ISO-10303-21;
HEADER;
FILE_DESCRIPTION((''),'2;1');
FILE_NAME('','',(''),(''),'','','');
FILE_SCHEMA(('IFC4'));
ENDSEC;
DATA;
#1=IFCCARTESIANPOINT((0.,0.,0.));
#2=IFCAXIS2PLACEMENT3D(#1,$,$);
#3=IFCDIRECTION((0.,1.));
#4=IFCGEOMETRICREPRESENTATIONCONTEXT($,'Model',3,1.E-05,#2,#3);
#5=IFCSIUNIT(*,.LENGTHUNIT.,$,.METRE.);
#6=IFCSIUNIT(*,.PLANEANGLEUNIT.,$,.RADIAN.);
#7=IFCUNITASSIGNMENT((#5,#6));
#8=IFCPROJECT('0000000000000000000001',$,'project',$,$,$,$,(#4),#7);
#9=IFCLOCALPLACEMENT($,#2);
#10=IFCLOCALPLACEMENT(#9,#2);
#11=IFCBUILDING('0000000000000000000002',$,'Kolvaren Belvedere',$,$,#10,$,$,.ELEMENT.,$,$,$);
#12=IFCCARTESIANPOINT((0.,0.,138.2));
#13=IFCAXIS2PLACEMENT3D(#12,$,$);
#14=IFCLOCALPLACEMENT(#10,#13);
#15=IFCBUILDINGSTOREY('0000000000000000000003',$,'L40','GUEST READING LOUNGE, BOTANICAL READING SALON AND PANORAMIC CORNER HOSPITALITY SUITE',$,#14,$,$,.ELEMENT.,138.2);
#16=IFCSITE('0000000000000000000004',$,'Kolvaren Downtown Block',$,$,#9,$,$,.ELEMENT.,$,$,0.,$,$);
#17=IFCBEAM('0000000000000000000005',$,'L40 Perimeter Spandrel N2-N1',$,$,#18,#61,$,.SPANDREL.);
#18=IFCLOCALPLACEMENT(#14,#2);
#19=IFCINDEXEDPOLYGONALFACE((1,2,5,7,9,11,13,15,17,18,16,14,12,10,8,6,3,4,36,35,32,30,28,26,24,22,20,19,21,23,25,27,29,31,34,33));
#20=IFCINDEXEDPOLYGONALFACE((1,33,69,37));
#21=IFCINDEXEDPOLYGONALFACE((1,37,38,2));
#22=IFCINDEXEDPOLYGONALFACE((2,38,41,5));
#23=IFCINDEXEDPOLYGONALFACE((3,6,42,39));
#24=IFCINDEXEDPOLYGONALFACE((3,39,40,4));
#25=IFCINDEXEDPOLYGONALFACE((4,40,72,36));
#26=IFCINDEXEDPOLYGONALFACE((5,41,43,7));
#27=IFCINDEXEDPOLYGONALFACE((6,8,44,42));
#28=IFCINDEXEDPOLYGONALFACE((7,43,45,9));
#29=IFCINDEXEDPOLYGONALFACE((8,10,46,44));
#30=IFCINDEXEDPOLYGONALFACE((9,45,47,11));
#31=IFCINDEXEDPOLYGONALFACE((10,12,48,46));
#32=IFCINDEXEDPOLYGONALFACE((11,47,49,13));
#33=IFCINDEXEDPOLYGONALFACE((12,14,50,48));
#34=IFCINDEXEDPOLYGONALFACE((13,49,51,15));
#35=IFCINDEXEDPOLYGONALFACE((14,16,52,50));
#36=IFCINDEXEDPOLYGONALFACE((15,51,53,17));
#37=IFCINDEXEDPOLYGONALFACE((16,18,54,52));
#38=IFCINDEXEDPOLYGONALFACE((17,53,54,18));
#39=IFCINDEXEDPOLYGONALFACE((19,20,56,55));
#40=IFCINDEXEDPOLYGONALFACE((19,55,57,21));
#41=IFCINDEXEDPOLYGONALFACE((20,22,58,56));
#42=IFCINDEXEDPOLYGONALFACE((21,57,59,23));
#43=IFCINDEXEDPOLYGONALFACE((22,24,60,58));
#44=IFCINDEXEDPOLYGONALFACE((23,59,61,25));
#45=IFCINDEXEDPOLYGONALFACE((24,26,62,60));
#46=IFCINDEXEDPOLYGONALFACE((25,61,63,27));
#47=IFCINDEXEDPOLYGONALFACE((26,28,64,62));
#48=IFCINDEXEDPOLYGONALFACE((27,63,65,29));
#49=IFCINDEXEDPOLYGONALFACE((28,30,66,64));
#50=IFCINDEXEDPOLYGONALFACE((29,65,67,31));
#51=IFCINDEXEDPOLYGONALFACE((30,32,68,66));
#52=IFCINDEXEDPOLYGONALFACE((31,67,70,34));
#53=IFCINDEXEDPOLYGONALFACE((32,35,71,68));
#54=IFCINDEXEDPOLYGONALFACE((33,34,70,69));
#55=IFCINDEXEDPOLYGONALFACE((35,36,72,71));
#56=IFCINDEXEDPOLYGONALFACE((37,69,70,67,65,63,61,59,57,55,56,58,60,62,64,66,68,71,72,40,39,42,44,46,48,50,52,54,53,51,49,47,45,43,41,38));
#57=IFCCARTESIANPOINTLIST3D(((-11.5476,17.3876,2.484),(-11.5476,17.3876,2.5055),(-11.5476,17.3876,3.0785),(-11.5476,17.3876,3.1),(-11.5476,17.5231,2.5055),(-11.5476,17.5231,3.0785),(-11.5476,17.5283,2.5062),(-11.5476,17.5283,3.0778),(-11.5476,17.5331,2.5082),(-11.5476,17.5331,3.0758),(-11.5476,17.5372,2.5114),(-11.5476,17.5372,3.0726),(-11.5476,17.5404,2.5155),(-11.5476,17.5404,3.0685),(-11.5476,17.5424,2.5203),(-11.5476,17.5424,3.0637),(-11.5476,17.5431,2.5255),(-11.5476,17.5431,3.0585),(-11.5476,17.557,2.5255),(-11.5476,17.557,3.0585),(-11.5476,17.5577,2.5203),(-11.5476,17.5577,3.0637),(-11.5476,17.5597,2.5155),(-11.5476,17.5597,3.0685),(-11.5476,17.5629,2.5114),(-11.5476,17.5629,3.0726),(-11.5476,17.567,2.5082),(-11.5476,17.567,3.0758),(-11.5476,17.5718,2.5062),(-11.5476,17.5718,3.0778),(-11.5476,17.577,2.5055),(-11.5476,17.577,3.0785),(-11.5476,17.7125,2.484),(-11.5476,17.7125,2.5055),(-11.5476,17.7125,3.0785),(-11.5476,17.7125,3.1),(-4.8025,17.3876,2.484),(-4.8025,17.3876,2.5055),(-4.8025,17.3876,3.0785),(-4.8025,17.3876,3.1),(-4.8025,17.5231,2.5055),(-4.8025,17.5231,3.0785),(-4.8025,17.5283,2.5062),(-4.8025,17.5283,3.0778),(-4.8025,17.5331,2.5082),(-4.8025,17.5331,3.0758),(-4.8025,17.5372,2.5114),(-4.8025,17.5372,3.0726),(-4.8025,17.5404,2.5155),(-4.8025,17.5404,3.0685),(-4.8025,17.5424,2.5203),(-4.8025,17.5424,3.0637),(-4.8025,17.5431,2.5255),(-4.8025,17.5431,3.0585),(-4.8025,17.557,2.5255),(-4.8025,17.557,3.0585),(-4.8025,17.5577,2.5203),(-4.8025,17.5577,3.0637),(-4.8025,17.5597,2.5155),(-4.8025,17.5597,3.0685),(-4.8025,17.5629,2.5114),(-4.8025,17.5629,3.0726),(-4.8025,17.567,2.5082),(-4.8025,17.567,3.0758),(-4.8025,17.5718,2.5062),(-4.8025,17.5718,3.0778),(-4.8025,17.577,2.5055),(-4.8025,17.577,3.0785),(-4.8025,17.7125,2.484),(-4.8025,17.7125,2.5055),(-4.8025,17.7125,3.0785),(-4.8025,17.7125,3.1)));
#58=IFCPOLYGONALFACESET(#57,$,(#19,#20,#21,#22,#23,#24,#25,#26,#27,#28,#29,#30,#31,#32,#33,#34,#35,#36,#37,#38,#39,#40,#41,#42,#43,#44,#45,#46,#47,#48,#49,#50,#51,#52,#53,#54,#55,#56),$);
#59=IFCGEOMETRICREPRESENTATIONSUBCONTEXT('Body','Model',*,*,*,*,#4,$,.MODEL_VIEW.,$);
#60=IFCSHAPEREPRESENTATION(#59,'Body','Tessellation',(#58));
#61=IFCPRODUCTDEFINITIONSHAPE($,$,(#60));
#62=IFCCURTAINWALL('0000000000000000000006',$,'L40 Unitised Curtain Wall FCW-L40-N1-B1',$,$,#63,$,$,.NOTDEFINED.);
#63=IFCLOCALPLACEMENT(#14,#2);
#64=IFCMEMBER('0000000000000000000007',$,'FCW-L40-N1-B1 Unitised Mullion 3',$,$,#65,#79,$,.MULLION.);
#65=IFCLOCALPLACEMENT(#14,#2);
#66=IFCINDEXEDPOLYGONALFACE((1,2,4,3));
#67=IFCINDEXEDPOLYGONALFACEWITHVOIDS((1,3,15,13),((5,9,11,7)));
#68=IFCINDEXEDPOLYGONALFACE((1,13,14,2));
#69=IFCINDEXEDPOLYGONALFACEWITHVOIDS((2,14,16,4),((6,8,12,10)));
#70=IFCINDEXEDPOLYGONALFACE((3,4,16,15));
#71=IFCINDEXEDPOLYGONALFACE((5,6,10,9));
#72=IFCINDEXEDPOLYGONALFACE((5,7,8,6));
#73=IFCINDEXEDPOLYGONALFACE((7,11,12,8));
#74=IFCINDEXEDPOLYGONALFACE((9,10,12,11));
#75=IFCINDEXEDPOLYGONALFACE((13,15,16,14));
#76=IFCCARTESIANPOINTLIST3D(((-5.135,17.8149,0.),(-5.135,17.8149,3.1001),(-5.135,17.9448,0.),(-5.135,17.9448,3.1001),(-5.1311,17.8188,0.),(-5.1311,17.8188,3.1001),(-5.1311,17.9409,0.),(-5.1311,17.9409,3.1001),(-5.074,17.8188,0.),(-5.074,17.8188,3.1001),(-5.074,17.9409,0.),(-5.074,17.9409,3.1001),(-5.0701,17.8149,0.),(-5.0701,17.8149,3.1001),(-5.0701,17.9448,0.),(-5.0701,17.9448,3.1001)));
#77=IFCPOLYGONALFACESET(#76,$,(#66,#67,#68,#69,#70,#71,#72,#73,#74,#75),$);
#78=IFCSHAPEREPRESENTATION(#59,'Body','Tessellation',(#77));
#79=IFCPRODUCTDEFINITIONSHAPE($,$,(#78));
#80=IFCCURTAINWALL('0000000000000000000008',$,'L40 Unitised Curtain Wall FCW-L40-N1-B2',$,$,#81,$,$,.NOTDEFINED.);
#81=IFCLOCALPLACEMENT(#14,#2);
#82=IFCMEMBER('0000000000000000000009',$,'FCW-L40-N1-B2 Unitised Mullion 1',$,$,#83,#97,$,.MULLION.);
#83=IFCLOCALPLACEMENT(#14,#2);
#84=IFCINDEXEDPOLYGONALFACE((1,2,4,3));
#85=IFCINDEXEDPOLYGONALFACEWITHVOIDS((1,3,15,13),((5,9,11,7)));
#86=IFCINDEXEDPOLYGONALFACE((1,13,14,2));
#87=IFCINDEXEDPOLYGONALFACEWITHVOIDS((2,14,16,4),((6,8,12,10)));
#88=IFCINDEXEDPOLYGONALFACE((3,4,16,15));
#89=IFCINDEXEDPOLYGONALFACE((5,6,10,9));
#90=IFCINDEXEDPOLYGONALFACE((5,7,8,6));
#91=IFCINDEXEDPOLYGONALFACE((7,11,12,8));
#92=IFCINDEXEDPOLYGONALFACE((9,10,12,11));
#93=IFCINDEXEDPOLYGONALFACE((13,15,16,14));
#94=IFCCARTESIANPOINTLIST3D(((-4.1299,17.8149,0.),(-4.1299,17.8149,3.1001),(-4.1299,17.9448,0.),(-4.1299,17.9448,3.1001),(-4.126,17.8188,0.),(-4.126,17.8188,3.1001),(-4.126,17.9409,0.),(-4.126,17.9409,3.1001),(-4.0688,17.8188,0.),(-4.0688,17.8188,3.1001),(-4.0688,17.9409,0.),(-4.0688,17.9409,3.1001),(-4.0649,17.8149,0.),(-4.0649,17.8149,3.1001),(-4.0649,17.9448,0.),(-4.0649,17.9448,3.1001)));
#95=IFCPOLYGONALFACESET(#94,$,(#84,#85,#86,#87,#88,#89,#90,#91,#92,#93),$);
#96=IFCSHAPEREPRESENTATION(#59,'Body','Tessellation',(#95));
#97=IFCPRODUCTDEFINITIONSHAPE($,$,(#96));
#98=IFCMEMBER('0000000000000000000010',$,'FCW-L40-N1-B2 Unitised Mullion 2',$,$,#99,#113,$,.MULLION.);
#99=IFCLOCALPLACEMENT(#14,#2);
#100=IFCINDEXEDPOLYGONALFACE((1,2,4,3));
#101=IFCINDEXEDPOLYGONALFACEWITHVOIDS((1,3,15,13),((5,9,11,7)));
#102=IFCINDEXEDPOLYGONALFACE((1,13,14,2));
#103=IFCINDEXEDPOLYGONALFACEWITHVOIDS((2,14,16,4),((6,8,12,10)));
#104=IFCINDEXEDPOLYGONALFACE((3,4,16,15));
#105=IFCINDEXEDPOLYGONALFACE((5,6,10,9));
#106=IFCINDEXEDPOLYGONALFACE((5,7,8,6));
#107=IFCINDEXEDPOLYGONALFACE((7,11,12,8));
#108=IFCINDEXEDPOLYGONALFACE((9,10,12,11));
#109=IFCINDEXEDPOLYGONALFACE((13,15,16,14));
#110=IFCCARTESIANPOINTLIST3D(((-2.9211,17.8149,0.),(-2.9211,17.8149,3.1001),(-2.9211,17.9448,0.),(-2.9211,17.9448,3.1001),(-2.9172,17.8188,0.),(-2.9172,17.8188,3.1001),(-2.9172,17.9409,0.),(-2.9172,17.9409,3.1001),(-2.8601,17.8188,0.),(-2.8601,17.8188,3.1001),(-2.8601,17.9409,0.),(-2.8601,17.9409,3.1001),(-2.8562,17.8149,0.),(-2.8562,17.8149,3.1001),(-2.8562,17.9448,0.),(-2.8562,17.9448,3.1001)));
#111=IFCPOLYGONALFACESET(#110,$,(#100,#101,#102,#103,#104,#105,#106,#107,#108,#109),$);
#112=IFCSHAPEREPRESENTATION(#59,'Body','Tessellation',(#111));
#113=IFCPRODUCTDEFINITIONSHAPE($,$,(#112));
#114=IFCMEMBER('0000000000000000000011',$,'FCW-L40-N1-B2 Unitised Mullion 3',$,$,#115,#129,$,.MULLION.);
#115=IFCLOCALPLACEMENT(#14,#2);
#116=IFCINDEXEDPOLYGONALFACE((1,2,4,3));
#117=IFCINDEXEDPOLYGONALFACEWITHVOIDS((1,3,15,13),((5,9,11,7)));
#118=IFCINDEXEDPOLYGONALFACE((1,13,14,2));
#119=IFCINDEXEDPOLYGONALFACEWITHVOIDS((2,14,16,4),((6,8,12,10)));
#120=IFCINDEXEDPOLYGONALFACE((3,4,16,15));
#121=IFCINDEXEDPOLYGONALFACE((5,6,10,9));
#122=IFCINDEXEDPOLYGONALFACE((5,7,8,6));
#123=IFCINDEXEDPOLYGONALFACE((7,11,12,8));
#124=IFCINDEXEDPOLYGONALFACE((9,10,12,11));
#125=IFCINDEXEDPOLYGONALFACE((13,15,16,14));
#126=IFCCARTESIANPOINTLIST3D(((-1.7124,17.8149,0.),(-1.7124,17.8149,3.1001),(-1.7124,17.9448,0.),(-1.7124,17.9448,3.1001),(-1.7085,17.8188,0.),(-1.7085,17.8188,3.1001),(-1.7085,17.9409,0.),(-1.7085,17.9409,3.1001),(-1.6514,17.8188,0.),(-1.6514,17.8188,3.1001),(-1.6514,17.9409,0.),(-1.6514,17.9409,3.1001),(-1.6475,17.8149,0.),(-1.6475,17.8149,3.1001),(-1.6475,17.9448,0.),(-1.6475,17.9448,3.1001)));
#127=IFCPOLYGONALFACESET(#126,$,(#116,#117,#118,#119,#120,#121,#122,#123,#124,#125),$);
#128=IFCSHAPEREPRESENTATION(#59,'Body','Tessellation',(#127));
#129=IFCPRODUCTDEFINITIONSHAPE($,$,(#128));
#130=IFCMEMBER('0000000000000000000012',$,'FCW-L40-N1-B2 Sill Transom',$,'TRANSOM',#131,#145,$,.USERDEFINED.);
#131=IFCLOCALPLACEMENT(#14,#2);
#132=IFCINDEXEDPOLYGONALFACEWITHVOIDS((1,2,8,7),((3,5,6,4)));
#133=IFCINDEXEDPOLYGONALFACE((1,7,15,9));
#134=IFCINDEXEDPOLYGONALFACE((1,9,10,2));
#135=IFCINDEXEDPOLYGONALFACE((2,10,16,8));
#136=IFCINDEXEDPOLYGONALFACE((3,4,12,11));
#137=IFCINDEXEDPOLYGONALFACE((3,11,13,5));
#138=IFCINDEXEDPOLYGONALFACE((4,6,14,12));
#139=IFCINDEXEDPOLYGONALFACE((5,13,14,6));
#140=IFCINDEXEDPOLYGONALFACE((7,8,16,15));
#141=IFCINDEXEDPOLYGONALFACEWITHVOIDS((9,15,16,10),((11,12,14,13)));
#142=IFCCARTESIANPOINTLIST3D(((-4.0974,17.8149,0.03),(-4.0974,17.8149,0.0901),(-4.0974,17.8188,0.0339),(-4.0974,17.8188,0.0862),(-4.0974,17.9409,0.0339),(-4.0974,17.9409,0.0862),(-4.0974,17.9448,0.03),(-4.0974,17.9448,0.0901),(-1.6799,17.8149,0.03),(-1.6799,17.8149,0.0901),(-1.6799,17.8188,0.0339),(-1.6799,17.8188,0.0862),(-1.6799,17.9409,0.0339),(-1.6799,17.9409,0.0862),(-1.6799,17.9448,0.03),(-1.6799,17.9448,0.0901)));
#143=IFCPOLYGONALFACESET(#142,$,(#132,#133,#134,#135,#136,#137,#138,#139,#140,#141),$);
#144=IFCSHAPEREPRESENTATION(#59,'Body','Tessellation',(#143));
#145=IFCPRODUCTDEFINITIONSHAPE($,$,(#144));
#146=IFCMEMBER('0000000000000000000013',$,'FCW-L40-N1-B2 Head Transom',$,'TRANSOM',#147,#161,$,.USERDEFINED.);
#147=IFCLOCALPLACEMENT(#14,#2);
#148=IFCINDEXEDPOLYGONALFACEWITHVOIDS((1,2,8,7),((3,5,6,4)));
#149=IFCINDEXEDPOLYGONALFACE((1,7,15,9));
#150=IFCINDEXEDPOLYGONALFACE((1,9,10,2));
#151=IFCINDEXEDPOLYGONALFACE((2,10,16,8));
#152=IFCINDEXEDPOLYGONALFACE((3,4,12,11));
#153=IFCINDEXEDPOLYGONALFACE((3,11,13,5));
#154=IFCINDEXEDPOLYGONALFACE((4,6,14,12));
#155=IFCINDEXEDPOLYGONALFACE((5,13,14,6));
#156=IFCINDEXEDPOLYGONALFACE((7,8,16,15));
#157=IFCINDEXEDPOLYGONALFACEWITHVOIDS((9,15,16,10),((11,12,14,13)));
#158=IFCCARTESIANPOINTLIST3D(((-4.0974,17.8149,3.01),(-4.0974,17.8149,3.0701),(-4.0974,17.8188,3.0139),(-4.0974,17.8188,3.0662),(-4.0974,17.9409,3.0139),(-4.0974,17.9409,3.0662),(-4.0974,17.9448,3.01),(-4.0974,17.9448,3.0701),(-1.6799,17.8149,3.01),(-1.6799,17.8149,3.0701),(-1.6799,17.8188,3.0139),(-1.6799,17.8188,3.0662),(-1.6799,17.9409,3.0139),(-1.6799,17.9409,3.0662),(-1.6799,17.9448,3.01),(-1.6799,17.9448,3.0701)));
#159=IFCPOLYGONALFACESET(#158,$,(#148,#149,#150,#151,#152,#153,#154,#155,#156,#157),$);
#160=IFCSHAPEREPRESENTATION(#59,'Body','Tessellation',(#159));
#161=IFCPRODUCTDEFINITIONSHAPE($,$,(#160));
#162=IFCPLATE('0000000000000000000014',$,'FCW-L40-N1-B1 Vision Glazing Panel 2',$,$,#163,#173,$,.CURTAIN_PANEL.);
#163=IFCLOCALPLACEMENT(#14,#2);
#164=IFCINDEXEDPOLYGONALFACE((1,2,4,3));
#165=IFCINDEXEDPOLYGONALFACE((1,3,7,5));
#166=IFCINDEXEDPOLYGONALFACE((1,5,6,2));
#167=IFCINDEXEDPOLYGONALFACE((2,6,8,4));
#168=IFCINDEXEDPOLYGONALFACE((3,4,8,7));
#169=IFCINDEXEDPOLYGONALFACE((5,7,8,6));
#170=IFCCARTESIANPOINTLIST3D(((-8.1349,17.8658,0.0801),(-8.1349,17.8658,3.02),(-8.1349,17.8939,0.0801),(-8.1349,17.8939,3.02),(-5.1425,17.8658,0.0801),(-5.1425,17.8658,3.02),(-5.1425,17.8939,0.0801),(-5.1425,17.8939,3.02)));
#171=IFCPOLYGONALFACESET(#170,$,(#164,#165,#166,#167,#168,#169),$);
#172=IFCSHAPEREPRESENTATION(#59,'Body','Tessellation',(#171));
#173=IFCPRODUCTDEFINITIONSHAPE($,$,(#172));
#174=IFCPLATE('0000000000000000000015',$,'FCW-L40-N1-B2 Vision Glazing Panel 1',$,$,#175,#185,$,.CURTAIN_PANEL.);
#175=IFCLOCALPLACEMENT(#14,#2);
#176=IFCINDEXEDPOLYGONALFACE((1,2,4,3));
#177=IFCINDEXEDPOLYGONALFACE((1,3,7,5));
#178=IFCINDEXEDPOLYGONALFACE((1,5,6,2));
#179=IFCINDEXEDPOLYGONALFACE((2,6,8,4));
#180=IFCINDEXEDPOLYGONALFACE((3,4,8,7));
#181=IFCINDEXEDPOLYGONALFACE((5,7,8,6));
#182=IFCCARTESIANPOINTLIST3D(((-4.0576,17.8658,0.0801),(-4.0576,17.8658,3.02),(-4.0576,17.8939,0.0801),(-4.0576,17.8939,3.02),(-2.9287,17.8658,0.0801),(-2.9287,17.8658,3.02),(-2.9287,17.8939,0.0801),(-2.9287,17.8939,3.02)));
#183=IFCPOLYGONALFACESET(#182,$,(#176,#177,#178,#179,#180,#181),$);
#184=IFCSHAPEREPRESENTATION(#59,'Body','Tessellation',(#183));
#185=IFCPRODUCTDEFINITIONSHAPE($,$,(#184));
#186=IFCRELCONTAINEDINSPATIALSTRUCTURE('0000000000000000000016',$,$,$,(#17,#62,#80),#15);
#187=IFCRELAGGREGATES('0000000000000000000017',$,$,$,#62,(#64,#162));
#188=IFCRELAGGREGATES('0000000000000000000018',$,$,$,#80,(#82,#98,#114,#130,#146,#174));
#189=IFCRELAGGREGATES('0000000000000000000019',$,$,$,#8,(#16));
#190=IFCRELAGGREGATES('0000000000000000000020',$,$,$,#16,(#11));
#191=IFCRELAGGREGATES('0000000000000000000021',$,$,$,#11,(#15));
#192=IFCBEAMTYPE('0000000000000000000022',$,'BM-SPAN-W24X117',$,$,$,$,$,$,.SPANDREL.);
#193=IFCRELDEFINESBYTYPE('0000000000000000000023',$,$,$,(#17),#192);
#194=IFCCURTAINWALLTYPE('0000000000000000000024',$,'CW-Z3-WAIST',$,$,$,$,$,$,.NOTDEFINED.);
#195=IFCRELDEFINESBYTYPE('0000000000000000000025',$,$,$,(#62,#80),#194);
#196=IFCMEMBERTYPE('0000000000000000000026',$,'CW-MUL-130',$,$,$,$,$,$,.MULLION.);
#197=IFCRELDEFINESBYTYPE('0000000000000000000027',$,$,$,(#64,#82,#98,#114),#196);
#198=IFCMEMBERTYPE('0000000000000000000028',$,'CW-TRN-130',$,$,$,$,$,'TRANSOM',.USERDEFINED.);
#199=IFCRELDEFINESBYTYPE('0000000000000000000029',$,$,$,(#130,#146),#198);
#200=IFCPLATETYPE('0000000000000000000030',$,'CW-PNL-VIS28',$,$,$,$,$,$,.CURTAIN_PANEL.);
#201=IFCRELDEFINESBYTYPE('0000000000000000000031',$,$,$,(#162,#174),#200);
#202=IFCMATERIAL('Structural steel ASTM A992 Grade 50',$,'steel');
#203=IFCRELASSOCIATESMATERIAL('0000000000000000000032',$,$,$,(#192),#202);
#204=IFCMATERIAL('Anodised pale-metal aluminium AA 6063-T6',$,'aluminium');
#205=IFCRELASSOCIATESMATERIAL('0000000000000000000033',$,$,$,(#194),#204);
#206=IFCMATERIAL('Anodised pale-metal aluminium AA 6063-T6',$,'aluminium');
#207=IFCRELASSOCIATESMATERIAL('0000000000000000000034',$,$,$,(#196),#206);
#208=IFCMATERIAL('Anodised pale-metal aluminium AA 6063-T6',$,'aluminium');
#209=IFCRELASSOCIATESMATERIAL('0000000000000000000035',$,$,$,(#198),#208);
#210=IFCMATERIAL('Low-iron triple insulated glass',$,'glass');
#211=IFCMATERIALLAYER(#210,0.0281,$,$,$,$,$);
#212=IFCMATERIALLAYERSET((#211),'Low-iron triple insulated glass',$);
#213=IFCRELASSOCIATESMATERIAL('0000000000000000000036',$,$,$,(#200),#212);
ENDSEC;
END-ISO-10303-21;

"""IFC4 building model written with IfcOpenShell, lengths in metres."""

from ifc_helpers import new_model, si_unit, direction, frame, origin, origin_2d, place, context, subcontext, project, spatial, rectangle, hollow_rectangle, i_section, extrude, material, layer, layer_set, material_profile, profile_set, type_object, element, aggregate, save


model = new_model("IFC4")

# Units and contexts
model_context = context("Model", 3, precision=1e-05, world=origin(), true_north=direction((0.0, 1.0)))
body_context = subcontext(model_context, "Body", "Model", "MODEL_VIEW")
ifc_project = project(units=[si_unit("LENGTHUNIT", "METRE"), si_unit("PLANEANGLEUNIT", "RADIAN")], contexts=[model_context])

# Site, building, storey
site_placement = place(None, origin())
site = spatial("IfcSite", under=ifc_project, at=site_placement, Name="Kolvaren Downtown Block", CompositionType="ELEMENT", RefElevation=0.0)
building_placement = place(site_placement, origin())
building = spatial("IfcBuilding", under=site, at=building_placement, Name="Kolvaren Belvedere", CompositionType="ELEMENT")
storey_placement = place(building_placement, frame((0.0, 0.0, 138.2)))
storey = spatial("IfcBuildingStorey", under=building, at=storey_placement, Name="L40", Description="GUEST READING LOUNGE, BOTANICAL READING SALON AND PANORAMIC CORNER HOSPITALITY SUITE", CompositionType="ELEMENT", Elevation=138.2)

# Beam
ifc_material_1 = material(Name="Structural steel ASTM A992 Grade 50", Category="steel")
ifc_material_profile_1 = material_profile(ifc_material_1, i_section(OverallWidth=0.325, OverallDepth=0.616, WebThickness=0.0139, FlangeThickness=0.0215, FilletRadius=0.02, at=origin_2d()), Name="W24X117")
ifc_profile_set_1 = profile_set([ifc_material_profile_1], Name="Structural steel ASTM A992 Grade 50")
beam_type_1 = type_object("IfcBeamType", Name="BM-SPAN-W24X117", PredefinedType="SPANDREL", material=ifc_profile_set_1)
beam_1_placement = place(storey_placement, frame((-4.8025, 17.55, 2.792), z_axis=(-1.0, 0.0, 0.0), x_axis=(0.0, -1.0, 0.0)))
element("IfcBeam", 1, at=beam_1_placement, inside=storey, type_object=beam_type_1, Name="L40 Perimeter Spandrel N2-N1", PredefinedType="SPANDREL", context=body_context, shape_type="SweptSolid", body=[
    extrude(i_section(OverallWidth=0.325, OverallDepth=0.616, WebThickness=0.0139, FlangeThickness=0.0215, FilletRadius=0.02, at=origin_2d()), origin(), (0.0, 0.0, 1.0), 6.7451),
])

# Curtain wall, member
ifc_material_2 = material(Name="Anodised pale-metal aluminium AA 6063-T6", Category="aluminium")
curtain_wall_type = type_object("IfcCurtainWallType", Name="CW-Z3-WAIST", PredefinedType="NOTDEFINED", material=ifc_material_2)
curtain_wall_1_placement = place(storey_placement, origin())
curtain_wall_1 = element("IfcCurtainWall", 2, at=curtain_wall_1_placement, inside=storey, type_object=curtain_wall_type, Name="L40 Unitised Curtain Wall FCW-L40-N1-B1", PredefinedType="NOTDEFINED")
ifc_material_3 = material(Name="Anodised pale-metal aluminium AA 6063-T6", Category="aluminium")
ifc_material_profile_2 = material_profile(ifc_material_3, hollow_rectangle(XDim=0.0649, YDim=0.1299, WallThickness=0.0039, at=origin_2d()), Name="ALU-MUL-130X65")
ifc_profile_set_2 = profile_set([ifc_material_profile_2], Name="Anodised pale-metal aluminium AA 6063-T6")
member_type_1 = type_object("IfcMemberType", Name="CW-MUL-130", PredefinedType="MULLION", material=ifc_profile_set_2)
member_1_placement = place(storey_placement, frame((-5.1025, 17.8799, 0.0), z_axis=(0.0, 0.0, 1.0), x_axis=(1.0, 0.0, 0.0)))
member_1 = element("IfcMember", 3, at=member_1_placement, type_object=member_type_1, Name="FCW-L40-N1-B1 Unitised Mullion 3", PredefinedType="MULLION", context=body_context, shape_type="SweptSolid", body=[
    extrude(hollow_rectangle(XDim=0.0649, YDim=0.1299, WallThickness=0.0039, at=origin_2d()), origin(), (0.0, 0.0, 1.0), 3.1001),
])

# Curtain wall, members
curtain_wall_2_placement = place(storey_placement, origin())
curtain_wall_2 = element("IfcCurtainWall", 4, at=curtain_wall_2_placement, inside=storey, type_object=curtain_wall_type, Name="L40 Unitised Curtain Wall FCW-L40-N1-B2", PredefinedType="NOTDEFINED")
member_2_placement = place(storey_placement, frame((-4.0974, 17.8799, 0.0), z_axis=(0.0, 0.0, 1.0), x_axis=(1.0, 0.0, 0.0)))
member_2 = element("IfcMember", 5, at=member_2_placement, type_object=member_type_1, Name="FCW-L40-N1-B2 Unitised Mullion 1", PredefinedType="MULLION", context=body_context, shape_type="SweptSolid", body=[
    extrude(hollow_rectangle(XDim=0.0649, YDim=0.1299, WallThickness=0.0039, at=origin_2d()), origin(), (0.0, 0.0, 1.0), 3.1001),
])
member_3_placement = place(storey_placement, frame((-2.8887, 17.8799, 0.0), z_axis=(0.0, 0.0, 1.0), x_axis=(1.0, 0.0, 0.0)))
member_3 = element("IfcMember", 6, at=member_3_placement, type_object=member_type_1, Name="FCW-L40-N1-B2 Unitised Mullion 2", PredefinedType="MULLION", context=body_context, shape_type="SweptSolid", body=[
    extrude(hollow_rectangle(XDim=0.0649, YDim=0.1299, WallThickness=0.0039, at=origin_2d()), origin(), (0.0, 0.0, 1.0), 3.1001),
])
member_4_placement = place(storey_placement, frame((-1.6799, 17.8799, 0.0), z_axis=(0.0, 0.0, 1.0), x_axis=(1.0, 0.0, 0.0)))
member_4 = element("IfcMember", 7, at=member_4_placement, type_object=member_type_1, Name="FCW-L40-N1-B2 Unitised Mullion 3", PredefinedType="MULLION", context=body_context, shape_type="SweptSolid", body=[
    extrude(hollow_rectangle(XDim=0.0649, YDim=0.1299, WallThickness=0.0039, at=origin_2d()), origin(), (0.0, 0.0, 1.0), 3.1001),
])
ifc_material_4 = material(Name="Anodised pale-metal aluminium AA 6063-T6", Category="aluminium")
ifc_material_profile_3 = material_profile(ifc_material_4, hollow_rectangle(XDim=0.0601, YDim=0.1299, WallThickness=0.0039, at=origin_2d()), Name="ALU-TRN-130X60")
ifc_profile_set_3 = profile_set([ifc_material_profile_3], Name="Anodised pale-metal aluminium AA 6063-T6")
member_type_2 = type_object("IfcMemberType", Name="CW-TRN-130", ElementType="TRANSOM", PredefinedType="USERDEFINED", material=ifc_profile_set_3)
member_5_placement = place(storey_placement, frame((-4.0974, 17.8799, 0.0601), z_axis=(1.0, 0.0, 0.0), x_axis=(0.0, 0.0, 1.0)))
member_5 = element("IfcMember", 8, at=member_5_placement, type_object=member_type_2, Name="FCW-L40-N1-B2 Sill Transom", ObjectType="TRANSOM", PredefinedType="USERDEFINED", context=body_context, shape_type="SweptSolid", body=[
    extrude(hollow_rectangle(XDim=0.0601, YDim=0.1299, WallThickness=0.0039, at=origin_2d()), origin(), (0.0, 0.0, 1.0), 2.4175),
])
member_6_placement = place(storey_placement, frame((-4.0974, 17.8799, 3.04), z_axis=(1.0, 0.0, 0.0), x_axis=(0.0, 0.0, 1.0)))
member_6 = element("IfcMember", 9, at=member_6_placement, type_object=member_type_2, Name="FCW-L40-N1-B2 Head Transom", ObjectType="TRANSOM", PredefinedType="USERDEFINED", context=body_context, shape_type="SweptSolid", body=[
    extrude(hollow_rectangle(XDim=0.0601, YDim=0.1299, WallThickness=0.0039, at=origin_2d()), origin(), (0.0, 0.0, 1.0), 2.4175),
])

# Plates
ifc_material_5 = material(Name="Low-iron triple insulated glass", Category="glass")
ifc_layer_1 = layer(ifc_material_5, 0.0281)
ifc_layer_set_1 = layer_set([ifc_layer_1], Name="Low-iron triple insulated glass")
plate_type_1 = type_object("IfcPlateType", Name="CW-PNL-VIS28", PredefinedType="CURTAIN_PANEL", material=ifc_layer_set_1)
plate_1_placement = place(storey_placement, frame((-6.6387, 17.8799, 0.0801), z_axis=(0.0, 0.0, 1.0), x_axis=(1.0, 0.0, 0.0)))
plate_1 = element("IfcPlate", 10, at=plate_1_placement, type_object=plate_type_1, Name="FCW-L40-N1-B1 Vision Glazing Panel 2", PredefinedType="CURTAIN_PANEL", context=body_context, shape_type="SweptSolid", body=[
    extrude(rectangle(XDim=2.9924, YDim=0.0281, at=origin_2d()), origin(), (0.0, 0.0, 1.0), 2.9399),
])
aggregate(curtain_wall_1, [member_1, plate_1])
plate_2_placement = place(storey_placement, frame((-3.4932, 17.8799, 0.0801), z_axis=(0.0, 0.0, 1.0), x_axis=(1.0, 0.0, 0.0)))
plate_2 = element("IfcPlate", 11, at=plate_2_placement, type_object=plate_type_1, Name="FCW-L40-N1-B2 Vision Glazing Panel 1", PredefinedType="CURTAIN_PANEL", context=body_context, shape_type="SweptSolid", body=[
    extrude(rectangle(XDim=1.1289, YDim=0.0281, at=origin_2d()), origin(), (0.0, 0.0, 1.0), 2.9399),
])
aggregate(curtain_wall_2, [member_2, member_3, member_4, member_5, member_6, plate_2])

save(model, "model.ifc")
